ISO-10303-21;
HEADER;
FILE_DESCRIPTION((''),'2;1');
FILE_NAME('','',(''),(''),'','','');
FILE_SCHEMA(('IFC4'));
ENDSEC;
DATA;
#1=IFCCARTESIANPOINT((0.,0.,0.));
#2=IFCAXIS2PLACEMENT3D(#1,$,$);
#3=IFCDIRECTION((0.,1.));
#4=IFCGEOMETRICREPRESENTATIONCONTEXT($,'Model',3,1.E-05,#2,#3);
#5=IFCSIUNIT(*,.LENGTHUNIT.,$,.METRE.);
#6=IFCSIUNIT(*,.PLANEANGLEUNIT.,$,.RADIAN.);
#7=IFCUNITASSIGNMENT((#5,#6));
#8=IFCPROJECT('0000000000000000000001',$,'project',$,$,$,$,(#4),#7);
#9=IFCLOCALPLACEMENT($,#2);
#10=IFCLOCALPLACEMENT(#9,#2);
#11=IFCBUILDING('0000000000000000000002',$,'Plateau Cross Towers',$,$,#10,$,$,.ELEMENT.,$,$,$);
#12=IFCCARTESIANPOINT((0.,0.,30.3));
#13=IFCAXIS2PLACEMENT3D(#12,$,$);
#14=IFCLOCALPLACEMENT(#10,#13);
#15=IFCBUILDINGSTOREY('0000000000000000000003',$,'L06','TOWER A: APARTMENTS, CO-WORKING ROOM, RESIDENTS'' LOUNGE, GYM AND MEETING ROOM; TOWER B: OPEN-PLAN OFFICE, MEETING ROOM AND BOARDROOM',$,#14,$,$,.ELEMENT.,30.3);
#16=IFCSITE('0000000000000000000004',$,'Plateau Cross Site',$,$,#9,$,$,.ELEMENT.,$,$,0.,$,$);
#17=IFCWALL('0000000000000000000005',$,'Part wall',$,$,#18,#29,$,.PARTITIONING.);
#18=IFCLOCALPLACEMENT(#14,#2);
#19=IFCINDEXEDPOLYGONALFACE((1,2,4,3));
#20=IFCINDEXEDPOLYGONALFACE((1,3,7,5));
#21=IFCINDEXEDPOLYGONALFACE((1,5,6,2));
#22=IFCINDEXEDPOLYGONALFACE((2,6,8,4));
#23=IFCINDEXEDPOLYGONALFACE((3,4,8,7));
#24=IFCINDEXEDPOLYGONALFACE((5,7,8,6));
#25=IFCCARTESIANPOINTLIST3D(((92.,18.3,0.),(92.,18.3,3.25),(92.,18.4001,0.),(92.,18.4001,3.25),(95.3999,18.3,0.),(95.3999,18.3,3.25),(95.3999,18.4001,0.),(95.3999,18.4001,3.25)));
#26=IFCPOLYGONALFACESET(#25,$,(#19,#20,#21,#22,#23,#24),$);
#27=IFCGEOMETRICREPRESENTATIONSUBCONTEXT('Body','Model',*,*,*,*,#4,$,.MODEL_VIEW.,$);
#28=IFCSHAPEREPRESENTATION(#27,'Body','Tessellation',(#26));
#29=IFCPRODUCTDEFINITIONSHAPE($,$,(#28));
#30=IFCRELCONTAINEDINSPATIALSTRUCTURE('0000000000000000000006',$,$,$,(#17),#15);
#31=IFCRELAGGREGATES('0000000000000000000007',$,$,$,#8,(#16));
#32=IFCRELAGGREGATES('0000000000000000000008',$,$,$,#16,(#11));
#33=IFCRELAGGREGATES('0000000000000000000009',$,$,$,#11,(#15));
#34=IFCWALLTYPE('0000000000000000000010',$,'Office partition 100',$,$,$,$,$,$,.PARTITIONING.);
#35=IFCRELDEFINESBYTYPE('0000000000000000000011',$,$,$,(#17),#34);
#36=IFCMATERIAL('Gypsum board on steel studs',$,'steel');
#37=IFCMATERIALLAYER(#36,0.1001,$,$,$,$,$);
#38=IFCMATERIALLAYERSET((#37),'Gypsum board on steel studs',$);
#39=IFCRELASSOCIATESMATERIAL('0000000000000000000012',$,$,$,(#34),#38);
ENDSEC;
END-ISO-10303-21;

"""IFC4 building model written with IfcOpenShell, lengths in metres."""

from ifc_helpers import new_model, si_unit, direction, frame, frame_2d, origin, place, context, subcontext, project, spatial, rectangle, extrude, material, layer, layer_set, type_object, element, save


model = new_model("IFC4")

# Units and contexts
model_context = context("Model", 3, precision=1e-05, world=origin(), true_north=direction((0.0, 1.0)))
body_context = subcontext(model_context, "Body", "Model", "MODEL_VIEW")
ifc_project = project(units=[si_unit("LENGTHUNIT", "METRE"), si_unit("PLANEANGLEUNIT", "RADIAN")], contexts=[model_context])

# Site, building, storey
site_placement = place(None, origin())
site = spatial("IfcSite", under=ifc_project, at=site_placement, Name="Plateau Cross Site", CompositionType="ELEMENT", RefElevation=0.0)
building_placement = place(site_placement, origin())
building = spatial("IfcBuilding", under=site, at=building_placement, Name="Plateau Cross Towers", CompositionType="ELEMENT")
storey_placement = place(building_placement, frame((0.0, 0.0, 30.3)))
storey = spatial("IfcBuildingStorey", under=building, at=storey_placement, Name="L06", Description="TOWER A: APARTMENTS, CO-WORKING ROOM, RESIDENTS' LOUNGE, GYM AND MEETING ROOM; TOWER B: OPEN-PLAN OFFICE, MEETING ROOM AND BOARDROOM", CompositionType="ELEMENT", Elevation=30.3)

# Wall
ifc_material_1 = material(Name="Gypsum board on steel studs", Category="steel")
ifc_layer_1 = layer(ifc_material_1, 0.1001)
ifc_layer_set_1 = layer_set([ifc_layer_1], Name="Gypsum board on steel studs")
wall_type_1 = type_object("IfcWallType", Name="Office partition 100", PredefinedType="PARTITIONING", material=ifc_layer_set_1)
wall_1_placement = place(storey_placement, frame((92.0, 18.3501, 0.0), z_axis=(0.0, 0.0, 1.0), x_axis=(1.0, 0.0, 0.0)))
element("IfcWall", 1, at=wall_1_placement, inside=storey, type_object=wall_type_1, Name="Part wall", PredefinedType="PARTITIONING", context=body_context, shape_type="SweptSolid", body=[
    extrude(rectangle(XDim=3.3999, YDim=0.1001, at=frame_2d((1.7, 0.0))), origin(), (0.0, 0.0, 1.0), 3.25),
])

save(model, "model.ifc")
